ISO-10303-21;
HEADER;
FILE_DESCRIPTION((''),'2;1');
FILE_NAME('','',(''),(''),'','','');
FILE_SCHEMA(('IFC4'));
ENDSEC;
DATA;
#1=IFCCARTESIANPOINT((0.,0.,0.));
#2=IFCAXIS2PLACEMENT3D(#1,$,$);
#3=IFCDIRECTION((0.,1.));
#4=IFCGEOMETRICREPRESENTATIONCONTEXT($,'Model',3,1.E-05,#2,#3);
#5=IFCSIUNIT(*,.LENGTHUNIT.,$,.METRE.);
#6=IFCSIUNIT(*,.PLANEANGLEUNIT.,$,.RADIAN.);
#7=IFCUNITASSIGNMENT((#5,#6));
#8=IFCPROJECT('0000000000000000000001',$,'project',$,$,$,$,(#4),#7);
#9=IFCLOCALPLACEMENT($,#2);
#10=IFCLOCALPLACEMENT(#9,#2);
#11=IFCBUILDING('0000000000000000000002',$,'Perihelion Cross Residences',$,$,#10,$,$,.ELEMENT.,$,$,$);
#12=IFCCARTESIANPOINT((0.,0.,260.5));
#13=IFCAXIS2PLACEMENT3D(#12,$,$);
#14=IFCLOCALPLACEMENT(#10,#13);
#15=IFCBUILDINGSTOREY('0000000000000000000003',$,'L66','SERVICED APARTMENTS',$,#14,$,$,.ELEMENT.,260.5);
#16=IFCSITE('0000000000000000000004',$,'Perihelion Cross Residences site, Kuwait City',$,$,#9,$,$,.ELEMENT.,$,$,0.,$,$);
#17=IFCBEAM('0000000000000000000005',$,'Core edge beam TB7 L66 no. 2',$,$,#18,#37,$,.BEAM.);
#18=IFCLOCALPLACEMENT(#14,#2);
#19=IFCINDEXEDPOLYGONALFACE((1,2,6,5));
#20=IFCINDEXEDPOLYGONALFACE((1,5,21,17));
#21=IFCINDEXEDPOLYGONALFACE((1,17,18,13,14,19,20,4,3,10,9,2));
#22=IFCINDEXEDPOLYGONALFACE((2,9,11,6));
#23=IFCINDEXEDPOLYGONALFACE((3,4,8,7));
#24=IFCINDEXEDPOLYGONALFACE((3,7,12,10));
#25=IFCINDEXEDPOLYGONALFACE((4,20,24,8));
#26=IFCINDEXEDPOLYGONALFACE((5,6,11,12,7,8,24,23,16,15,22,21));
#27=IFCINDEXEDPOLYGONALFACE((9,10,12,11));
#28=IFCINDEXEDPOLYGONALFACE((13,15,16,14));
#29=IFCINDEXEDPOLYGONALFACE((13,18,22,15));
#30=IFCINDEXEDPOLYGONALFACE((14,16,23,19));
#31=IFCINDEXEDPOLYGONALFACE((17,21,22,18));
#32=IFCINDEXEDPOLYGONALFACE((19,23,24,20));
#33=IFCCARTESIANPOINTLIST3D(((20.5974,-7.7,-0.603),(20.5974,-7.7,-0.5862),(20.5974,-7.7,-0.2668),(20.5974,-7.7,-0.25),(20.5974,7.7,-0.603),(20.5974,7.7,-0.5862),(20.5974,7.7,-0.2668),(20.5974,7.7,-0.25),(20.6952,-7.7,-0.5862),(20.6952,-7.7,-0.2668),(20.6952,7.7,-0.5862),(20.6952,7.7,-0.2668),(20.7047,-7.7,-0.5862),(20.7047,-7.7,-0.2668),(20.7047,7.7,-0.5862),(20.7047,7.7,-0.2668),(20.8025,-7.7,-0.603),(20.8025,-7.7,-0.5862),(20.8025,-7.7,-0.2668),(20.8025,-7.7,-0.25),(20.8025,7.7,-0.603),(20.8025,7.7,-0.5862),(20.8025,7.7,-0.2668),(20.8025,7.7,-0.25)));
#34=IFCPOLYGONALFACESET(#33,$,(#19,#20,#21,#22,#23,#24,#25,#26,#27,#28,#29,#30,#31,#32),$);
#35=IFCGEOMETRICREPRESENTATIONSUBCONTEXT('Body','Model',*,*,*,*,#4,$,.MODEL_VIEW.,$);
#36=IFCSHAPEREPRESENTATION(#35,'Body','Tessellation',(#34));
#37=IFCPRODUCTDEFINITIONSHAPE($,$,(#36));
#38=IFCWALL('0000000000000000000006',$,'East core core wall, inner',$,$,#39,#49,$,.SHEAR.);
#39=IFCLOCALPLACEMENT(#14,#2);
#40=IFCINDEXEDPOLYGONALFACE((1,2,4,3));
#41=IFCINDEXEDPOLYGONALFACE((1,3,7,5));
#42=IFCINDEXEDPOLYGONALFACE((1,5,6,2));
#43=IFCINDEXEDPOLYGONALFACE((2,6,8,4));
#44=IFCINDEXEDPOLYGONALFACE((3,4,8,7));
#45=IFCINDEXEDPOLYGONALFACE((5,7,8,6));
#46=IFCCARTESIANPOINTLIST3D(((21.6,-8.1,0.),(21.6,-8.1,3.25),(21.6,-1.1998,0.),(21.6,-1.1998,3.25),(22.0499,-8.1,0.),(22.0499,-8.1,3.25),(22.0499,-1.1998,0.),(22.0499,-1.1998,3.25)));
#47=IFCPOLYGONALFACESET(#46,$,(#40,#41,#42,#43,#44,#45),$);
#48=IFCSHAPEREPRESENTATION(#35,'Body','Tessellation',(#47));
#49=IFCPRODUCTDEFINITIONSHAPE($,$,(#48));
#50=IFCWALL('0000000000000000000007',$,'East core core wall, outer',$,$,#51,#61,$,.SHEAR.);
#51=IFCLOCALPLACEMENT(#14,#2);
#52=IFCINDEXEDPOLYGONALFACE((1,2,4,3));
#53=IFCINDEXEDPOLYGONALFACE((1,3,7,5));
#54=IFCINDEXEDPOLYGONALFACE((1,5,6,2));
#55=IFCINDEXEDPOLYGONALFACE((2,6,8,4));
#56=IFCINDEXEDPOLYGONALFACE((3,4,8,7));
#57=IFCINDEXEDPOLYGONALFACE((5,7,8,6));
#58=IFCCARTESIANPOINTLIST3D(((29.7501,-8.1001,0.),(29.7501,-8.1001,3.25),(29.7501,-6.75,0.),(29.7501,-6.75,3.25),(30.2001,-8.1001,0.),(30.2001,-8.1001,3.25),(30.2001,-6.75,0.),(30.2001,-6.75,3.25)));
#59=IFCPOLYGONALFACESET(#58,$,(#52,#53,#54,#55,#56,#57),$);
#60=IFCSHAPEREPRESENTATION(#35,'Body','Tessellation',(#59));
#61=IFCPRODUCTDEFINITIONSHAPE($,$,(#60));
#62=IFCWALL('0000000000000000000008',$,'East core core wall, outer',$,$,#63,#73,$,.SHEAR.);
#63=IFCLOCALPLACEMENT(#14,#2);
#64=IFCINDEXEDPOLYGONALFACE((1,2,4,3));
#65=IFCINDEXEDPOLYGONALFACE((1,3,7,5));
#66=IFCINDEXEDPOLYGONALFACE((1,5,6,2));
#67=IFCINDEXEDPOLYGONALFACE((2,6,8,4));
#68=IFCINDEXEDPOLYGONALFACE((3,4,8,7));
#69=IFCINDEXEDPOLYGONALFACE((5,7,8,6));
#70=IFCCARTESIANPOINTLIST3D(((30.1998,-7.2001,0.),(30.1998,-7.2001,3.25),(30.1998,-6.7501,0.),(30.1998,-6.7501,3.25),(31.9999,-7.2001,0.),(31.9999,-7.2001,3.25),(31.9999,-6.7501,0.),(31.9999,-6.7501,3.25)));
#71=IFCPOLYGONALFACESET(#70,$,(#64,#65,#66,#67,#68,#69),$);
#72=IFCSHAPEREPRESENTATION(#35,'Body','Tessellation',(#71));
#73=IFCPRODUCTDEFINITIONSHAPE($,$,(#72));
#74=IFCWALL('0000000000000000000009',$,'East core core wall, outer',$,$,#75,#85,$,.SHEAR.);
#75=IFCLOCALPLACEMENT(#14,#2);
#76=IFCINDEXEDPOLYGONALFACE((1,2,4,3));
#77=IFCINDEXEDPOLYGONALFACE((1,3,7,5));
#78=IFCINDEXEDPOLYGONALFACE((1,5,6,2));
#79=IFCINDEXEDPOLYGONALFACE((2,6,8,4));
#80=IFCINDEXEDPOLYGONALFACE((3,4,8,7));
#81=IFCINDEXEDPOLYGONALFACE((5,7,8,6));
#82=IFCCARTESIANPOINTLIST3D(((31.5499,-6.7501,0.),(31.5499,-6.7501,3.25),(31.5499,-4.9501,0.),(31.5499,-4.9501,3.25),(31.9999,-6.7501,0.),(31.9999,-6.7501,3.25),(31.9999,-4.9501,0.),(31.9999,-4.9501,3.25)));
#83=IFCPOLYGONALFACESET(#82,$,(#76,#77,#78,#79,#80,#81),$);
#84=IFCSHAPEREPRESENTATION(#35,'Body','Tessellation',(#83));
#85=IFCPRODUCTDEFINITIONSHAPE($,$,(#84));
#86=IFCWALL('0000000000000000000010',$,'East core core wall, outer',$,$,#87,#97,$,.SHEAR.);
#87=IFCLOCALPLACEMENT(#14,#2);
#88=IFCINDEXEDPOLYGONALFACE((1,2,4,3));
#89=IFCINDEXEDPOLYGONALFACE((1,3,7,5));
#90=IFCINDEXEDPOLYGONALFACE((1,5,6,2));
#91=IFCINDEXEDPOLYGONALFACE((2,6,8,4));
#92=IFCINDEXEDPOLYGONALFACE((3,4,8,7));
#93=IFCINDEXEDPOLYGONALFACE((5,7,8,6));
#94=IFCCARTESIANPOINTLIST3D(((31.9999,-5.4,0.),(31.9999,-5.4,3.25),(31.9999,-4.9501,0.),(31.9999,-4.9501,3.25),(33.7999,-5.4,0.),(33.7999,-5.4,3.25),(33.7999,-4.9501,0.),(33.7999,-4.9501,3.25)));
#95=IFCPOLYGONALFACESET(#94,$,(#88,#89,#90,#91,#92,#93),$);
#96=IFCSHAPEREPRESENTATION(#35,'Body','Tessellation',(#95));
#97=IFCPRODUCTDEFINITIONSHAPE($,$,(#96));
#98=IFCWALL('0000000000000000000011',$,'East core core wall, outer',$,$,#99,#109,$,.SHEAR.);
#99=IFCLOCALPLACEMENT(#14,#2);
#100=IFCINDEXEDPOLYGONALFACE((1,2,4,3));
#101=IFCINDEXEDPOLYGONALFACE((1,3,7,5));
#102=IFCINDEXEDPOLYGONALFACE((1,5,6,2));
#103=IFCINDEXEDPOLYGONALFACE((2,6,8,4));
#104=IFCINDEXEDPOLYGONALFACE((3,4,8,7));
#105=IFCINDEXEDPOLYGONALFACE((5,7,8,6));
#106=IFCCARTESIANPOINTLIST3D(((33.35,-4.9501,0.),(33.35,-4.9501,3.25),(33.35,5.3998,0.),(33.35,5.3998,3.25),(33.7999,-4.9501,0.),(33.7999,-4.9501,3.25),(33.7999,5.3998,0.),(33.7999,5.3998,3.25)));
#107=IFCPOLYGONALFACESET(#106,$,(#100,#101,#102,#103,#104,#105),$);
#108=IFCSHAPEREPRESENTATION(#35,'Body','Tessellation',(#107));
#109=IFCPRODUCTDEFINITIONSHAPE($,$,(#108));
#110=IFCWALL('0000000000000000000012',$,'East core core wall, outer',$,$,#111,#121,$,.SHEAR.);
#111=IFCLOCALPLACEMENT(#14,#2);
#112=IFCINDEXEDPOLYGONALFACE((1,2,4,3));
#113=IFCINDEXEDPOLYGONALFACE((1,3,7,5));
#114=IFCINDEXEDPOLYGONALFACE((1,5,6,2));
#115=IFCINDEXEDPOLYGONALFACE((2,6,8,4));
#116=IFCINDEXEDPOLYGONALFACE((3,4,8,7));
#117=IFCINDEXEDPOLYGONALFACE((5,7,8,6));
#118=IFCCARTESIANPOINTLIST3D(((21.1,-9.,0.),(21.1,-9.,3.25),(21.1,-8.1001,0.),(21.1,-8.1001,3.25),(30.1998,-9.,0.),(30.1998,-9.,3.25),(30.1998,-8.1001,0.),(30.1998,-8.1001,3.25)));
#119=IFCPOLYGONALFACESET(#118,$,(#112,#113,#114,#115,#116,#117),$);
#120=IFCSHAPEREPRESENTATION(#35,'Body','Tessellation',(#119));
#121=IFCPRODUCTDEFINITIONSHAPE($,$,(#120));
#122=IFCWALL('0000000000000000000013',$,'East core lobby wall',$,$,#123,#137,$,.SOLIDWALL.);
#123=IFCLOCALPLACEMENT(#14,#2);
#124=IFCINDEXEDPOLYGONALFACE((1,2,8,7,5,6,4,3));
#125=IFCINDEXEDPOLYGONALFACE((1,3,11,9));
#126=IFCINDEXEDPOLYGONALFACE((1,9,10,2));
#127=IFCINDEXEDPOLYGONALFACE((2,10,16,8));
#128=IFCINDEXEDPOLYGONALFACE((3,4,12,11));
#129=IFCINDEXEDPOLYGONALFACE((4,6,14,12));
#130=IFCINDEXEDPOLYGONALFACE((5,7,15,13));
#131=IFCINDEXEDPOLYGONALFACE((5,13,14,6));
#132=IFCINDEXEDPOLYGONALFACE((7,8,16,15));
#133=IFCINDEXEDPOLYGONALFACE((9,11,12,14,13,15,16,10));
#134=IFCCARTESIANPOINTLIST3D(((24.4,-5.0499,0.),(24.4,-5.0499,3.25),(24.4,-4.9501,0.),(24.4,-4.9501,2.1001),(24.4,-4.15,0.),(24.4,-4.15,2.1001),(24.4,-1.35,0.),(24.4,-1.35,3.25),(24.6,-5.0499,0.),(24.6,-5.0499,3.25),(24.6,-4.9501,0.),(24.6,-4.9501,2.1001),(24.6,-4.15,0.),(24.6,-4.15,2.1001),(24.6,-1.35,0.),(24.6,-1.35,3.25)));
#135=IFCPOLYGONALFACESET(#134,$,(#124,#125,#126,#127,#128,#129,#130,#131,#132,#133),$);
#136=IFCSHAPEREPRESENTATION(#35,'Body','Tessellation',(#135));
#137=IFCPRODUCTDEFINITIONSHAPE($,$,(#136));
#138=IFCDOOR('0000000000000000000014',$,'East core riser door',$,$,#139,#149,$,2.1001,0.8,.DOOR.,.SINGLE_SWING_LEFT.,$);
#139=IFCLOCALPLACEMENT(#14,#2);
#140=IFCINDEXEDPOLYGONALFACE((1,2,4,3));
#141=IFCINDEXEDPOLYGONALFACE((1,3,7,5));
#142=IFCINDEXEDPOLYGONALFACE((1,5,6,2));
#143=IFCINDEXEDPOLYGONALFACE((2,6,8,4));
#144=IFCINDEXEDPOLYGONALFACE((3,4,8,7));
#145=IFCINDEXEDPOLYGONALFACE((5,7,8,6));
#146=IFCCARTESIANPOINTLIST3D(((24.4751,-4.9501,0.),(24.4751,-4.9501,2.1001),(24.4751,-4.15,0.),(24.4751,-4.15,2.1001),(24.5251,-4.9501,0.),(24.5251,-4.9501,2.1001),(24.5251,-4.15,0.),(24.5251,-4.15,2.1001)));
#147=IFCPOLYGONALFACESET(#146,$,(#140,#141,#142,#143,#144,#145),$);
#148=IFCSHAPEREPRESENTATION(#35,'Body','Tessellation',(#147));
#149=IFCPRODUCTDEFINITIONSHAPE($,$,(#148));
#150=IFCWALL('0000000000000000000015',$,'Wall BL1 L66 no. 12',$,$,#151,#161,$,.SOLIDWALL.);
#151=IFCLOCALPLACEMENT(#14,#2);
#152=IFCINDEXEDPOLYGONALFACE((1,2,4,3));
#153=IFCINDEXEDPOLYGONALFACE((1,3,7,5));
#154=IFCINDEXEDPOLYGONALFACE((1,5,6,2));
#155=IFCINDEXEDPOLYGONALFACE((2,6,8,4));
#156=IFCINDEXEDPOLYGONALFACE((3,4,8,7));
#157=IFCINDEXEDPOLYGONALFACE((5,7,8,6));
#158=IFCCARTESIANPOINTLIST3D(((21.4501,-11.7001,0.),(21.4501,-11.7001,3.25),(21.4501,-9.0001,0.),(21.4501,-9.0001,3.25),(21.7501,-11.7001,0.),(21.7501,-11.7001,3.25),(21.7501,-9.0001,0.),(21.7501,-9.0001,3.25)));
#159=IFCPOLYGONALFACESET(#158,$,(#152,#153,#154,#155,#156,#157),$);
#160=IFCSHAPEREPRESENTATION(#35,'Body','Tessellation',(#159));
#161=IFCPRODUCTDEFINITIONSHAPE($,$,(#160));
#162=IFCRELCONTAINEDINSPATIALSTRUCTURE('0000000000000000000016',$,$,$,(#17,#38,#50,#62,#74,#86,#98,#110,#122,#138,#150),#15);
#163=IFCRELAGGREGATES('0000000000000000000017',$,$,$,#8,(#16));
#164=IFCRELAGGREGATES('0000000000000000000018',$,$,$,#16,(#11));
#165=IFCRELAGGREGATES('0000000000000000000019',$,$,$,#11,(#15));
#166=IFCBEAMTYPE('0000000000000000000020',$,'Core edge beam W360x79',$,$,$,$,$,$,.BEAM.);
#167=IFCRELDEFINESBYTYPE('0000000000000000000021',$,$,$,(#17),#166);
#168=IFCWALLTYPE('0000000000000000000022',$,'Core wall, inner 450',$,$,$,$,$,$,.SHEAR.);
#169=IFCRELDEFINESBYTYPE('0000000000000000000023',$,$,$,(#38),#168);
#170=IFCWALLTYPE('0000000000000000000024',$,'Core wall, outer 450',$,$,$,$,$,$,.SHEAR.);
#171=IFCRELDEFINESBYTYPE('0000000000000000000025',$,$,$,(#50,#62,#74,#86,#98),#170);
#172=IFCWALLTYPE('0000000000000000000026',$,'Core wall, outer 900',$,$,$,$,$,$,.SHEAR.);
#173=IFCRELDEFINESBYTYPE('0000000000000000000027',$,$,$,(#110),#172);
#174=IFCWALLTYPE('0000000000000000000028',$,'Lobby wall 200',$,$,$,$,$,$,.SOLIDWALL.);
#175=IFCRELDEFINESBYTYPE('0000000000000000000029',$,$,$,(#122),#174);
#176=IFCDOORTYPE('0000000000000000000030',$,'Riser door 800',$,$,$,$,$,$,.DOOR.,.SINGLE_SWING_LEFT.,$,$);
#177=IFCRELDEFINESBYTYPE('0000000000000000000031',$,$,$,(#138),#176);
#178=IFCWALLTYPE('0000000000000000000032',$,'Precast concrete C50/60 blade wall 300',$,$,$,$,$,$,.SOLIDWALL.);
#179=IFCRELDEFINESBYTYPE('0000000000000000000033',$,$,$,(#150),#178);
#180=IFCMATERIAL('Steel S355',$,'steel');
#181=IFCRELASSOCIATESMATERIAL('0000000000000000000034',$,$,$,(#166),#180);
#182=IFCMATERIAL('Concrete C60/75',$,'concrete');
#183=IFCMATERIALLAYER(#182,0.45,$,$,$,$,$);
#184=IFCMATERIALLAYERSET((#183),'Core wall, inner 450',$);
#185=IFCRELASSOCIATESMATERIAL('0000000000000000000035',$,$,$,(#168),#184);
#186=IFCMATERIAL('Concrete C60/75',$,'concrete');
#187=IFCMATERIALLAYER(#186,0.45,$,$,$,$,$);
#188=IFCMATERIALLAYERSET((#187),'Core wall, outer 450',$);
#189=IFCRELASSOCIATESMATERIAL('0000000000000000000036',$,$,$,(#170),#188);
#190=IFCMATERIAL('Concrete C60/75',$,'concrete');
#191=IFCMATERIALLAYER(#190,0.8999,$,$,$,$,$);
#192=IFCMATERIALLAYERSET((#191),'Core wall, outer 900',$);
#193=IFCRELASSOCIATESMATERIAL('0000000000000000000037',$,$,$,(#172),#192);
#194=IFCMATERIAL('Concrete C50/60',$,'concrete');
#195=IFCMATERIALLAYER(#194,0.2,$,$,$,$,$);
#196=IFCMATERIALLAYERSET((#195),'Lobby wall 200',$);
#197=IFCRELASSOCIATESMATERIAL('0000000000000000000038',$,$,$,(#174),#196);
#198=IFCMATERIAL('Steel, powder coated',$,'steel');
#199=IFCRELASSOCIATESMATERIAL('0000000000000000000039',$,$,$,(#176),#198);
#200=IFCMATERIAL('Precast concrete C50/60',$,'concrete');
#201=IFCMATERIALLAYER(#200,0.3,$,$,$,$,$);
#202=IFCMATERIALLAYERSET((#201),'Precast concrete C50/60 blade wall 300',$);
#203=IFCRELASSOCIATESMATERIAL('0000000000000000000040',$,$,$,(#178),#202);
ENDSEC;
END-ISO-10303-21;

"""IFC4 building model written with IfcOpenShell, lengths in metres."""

from ifc_helpers import new_model, si_unit, direction, frame, frame_2d, origin, origin_2d, place, context, subcontext, project, spatial, rectangle, i_section, extrude, material, layer, layer_set, material_profile, profile_set, type_object, element, fill, save


model = new_model("IFC4")

# Units and contexts
model_context = context("Model", 3, precision=1e-05, world=origin(), true_north=direction((0.0, 1.0)))
body_context = subcontext(model_context, "Body", "Model", "MODEL_VIEW")
ifc_project = project(units=[si_unit("LENGTHUNIT", "METRE"), si_unit("PLANEANGLEUNIT", "RADIAN")], contexts=[model_context])

# Site, building, storey
site_placement = place(None, origin())
site = spatial("IfcSite", under=ifc_project, at=site_placement, Name="Perihelion Cross Residences site, Kuwait City", CompositionType="ELEMENT", RefElevation=0.0)
building_placement = place(site_placement, origin())
building = spatial("IfcBuilding", under=site, at=building_placement, Name="Perihelion Cross Residences", CompositionType="ELEMENT")
storey_placement = place(building_placement, frame((0.0, 0.0, 260.5)))
storey = spatial("IfcBuildingStorey", under=building, at=storey_placement, Name="L66", Description="SERVICED APARTMENTS", CompositionType="ELEMENT", Elevation=260.5)

# Beam
ifc_material_1 = material(Name="Steel S355", Category="steel")
ifc_material_profile_1 = material_profile(ifc_material_1, i_section(OverallWidth=0.2051, OverallDepth=0.353, WebThickness=0.0095, FlangeThickness=0.0168, at=origin_2d()), Name="W360x79")
ifc_profile_set_1 = profile_set([ifc_material_profile_1], Name="Steel S355")
beam_type = type_object("IfcBeamType", Name="Core edge beam W360x79", PredefinedType="BEAM", material=ifc_profile_set_1)
beam_placement = place(storey_placement, frame((20.7, -7.7, -0.4265), z_axis=(0.0, 1.0, 0.0), x_axis=(-1.0, 0.0, 0.0)))
element("IfcBeam", 1, at=beam_placement, inside=storey, type_object=beam_type, Name="Core edge beam TB7 L66 no. 2", PredefinedType="BEAM", context=body_context, shape_type="SweptSolid", body=[
    extrude(i_section(OverallWidth=0.2051, OverallDepth=0.353, WebThickness=0.0095, FlangeThickness=0.0168, at=origin_2d()), origin(), (0.0, 0.0, 1.0), 15.3999),
])

# Walls
ifc_material_2 = material(Name="Concrete C60/75", Category="concrete")
ifc_layer_1 = layer(ifc_material_2, 0.45)
ifc_layer_set_1 = layer_set([ifc_layer_1], Name="Core wall, inner 450")
wall_type_1 = type_object("IfcWallType", Name="Core wall, inner 450", PredefinedType="SHEAR", material=ifc_layer_set_1)
wall_1_placement = place(storey_placement, frame((21.825, -8.1001, 0.0), z_axis=(0.0, 0.0, 1.0), x_axis=(0.0, 1.0, 0.0)))
element("IfcWall", 2, at=wall_1_placement, inside=storey, type_object=wall_type_1, Name="East core core wall, inner", PredefinedType="SHEAR", context=body_context, shape_type="SweptSolid", body=[
    extrude(rectangle(XDim=6.9001, YDim=0.45, at=frame_2d((3.4502, 0.0))), origin(), (0.0, 0.0, 1.0), 3.25),
])
ifc_material_3 = material(Name="Concrete C60/75", Category="concrete")
ifc_layer_2 = layer(ifc_material_3, 0.45)
ifc_layer_set_2 = layer_set([ifc_layer_2], Name="Core wall, outer 450")
wall_type_2 = type_object("IfcWallType", Name="Core wall, outer 450", PredefinedType="SHEAR", material=ifc_layer_set_2)
wall_2_placement = place(storey_placement, frame((29.9751, -8.1001, 0.0), z_axis=(0.0, 0.0, 1.0), x_axis=(0.0, 1.0, 0.0)))
element("IfcWall", 3, at=wall_2_placement, inside=storey, type_object=wall_type_2, Name="East core core wall, outer", PredefinedType="SHEAR", context=body_context, shape_type="SweptSolid", body=[
    extrude(rectangle(XDim=1.3501, YDim=0.45, at=frame_2d((0.675, 0.0))), origin(), (0.0, 0.0, 1.0), 3.25),
])
for number, where, z_axis, x_axis, name in (
    (4, (30.2, -6.9751, 0.0), (0.0, 0.0, 1.0), (1.0, 0.0, 0.0), "East core core wall, outer"),
    (5, (31.7749, -6.75, 0.0), (0.0, 0.0, 1.0), (0.0, 1.0, 0.0), "East core core wall, outer"),
    (6, (32.0, -5.175, 0.0), (0.0, 0.0, 1.0), (1.0, 0.0, 0.0), "East core core wall, outer"),
):
    element("IfcWall", number, at=place(storey_placement, frame(where, z_axis=z_axis, x_axis=x_axis)), inside=storey, type_object=wall_type_2, Name=name, PredefinedType="SHEAR", context=body_context, shape_type="SweptSolid", body=[
        extrude(rectangle(XDim=1.8, YDim=0.45, at=frame_2d((0.8999, 0.0))), origin(), (0.0, 0.0, 1.0), 3.25),
    ])
wall_3_placement = place(storey_placement, frame((33.575, -4.95, 0.0), z_axis=(0.0, 0.0, 1.0), x_axis=(0.0, 1.0, 0.0)))
element("IfcWall", 7, at=wall_3_placement, inside=storey, type_object=wall_type_2, Name="East core core wall, outer", PredefinedType="SHEAR", context=body_context, shape_type="SweptSolid", body=[
    extrude(rectangle(XDim=10.3499, YDim=0.45, at=frame_2d((5.1748, 0.0))), origin(), (0.0, 0.0, 1.0), 3.25),
])
ifc_material_4 = material(Name="Concrete C60/75", Category="concrete")
ifc_layer_3 = layer(ifc_material_4, 0.8999)
ifc_layer_set_3 = layer_set([ifc_layer_3], Name="Core wall, outer 900")
wall_type_3 = type_object("IfcWallType", Name="Core wall, outer 900", PredefinedType="SHEAR", material=ifc_layer_set_3)
wall_4_placement = place(storey_placement, frame((21.1001, -8.55, 0.0), z_axis=(0.0, 0.0, 1.0), x_axis=(1.0, 0.0, 0.0)))
element("IfcWall", 8, at=wall_4_placement, inside=storey, type_object=wall_type_3, Name="East core core wall, outer", PredefinedType="SHEAR", context=body_context, shape_type="SweptSolid", body=[
    extrude(rectangle(XDim=9.0999, YDim=0.8999, at=frame_2d((4.5498, 0.0))), origin(), (0.0, 0.0, 1.0), 3.25),
])

# Wall, opening, door
ifc_material_5 = material(Name="Concrete C50/60", Category="concrete")
ifc_layer_4 = layer(ifc_material_5, 0.2)
ifc_layer_set_4 = layer_set([ifc_layer_4], Name="Lobby wall 200")
wall_type_4 = type_object("IfcWallType", Name="Lobby wall 200", PredefinedType="SOLIDWALL", material=ifc_layer_set_4)
wall_5_placement = place(storey_placement, frame((24.5, -5.05, 0.0), z_axis=(0.0, 0.0, 1.0), x_axis=(0.0, 1.0, 0.0)))
wall_5 = element("IfcWall", 9, at=wall_5_placement, inside=storey, type_object=wall_type_4, Name="East core lobby wall", PredefinedType="SOLIDWALL", context=body_context, shape_type="SweptSolid", body=[
    extrude(rectangle(XDim=3.7, YDim=0.2, at=frame_2d((1.8501, 0.0))), origin(), (0.0, 0.0, 1.0), 3.25),
])
opening_1_placement = place(wall_5_placement, frame((0.1001, 0.0, 0.0)))
opening_1 = element("IfcOpeningElement", 10, at=opening_1_placement, cuts=wall_5, PredefinedType="OPENING", context=body_context, shape_type="SweptSolid", body=[
    extrude(rectangle(XDim=0.8, YDim=2.1001, at=frame_2d((0.3999, 1.05))), frame((0.0, 0.1099, 0.0), z_axis=(0.0, -1.0, 0.0), x_axis=(1.0, 0.0, 0.0)), (0.0, 0.0, 1.0), 0.22),
])
ifc_material_6 = material(Name="Steel, powder coated", Category="steel")
door_type_1 = type_object("IfcDoorType", Name="Riser door 800", OperationType="SINGLE_SWING_LEFT", PredefinedType="DOOR", material=ifc_material_6)
door_1_placement = place(opening_1_placement, origin())
door_1 = element("IfcDoor", 11, at=door_1_placement, inside=storey, type_object=door_type_1, Name="East core riser door", OperationType="SINGLE_SWING_LEFT", OverallHeight=2.1001, OverallWidth=0.8, PredefinedType="DOOR", context=body_context, shape_type="SweptSolid", body=[
    extrude(rectangle(XDim=0.8, YDim=2.1001, at=frame_2d((0.3999, 1.05))), frame((0.0, 0.0249, 0.0), z_axis=(0.0, -1.0, 0.0), x_axis=(1.0, 0.0, 0.0)), (0.0, 0.0, 1.0), 0.05),
])
fill(opening_1, door_1)

# Wall
ifc_material_7 = material(Name="Precast concrete C50/60", Category="concrete")
ifc_layer_5 = layer(ifc_material_7, 0.3)
ifc_layer_set_5 = layer_set([ifc_layer_5], Name="Precast concrete C50/60 blade wall 300")
wall_type_5 = type_object("IfcWallType", Name="Precast concrete C50/60 blade wall 300", PredefinedType="SOLIDWALL", material=ifc_layer_set_5)
wall_6_placement = place(storey_placement, frame((21.6001, -9.0, 0.0), z_axis=(0.0, 0.0, 1.0), x_axis=(0.0, -1.0, 0.0)))
element("IfcWall", 12, at=wall_6_placement, inside=storey, type_object=wall_type_5, Name="Wall BL1 L66 no. 12", PredefinedType="SOLIDWALL", context=body_context, shape_type="SweptSolid", body=[
    extrude(rectangle(XDim=2.7, YDim=0.3, at=frame_2d((1.3501, 0.0))), origin(), (0.0, 0.0, 1.0), 3.25),
])

save(model, "model.ifc")
